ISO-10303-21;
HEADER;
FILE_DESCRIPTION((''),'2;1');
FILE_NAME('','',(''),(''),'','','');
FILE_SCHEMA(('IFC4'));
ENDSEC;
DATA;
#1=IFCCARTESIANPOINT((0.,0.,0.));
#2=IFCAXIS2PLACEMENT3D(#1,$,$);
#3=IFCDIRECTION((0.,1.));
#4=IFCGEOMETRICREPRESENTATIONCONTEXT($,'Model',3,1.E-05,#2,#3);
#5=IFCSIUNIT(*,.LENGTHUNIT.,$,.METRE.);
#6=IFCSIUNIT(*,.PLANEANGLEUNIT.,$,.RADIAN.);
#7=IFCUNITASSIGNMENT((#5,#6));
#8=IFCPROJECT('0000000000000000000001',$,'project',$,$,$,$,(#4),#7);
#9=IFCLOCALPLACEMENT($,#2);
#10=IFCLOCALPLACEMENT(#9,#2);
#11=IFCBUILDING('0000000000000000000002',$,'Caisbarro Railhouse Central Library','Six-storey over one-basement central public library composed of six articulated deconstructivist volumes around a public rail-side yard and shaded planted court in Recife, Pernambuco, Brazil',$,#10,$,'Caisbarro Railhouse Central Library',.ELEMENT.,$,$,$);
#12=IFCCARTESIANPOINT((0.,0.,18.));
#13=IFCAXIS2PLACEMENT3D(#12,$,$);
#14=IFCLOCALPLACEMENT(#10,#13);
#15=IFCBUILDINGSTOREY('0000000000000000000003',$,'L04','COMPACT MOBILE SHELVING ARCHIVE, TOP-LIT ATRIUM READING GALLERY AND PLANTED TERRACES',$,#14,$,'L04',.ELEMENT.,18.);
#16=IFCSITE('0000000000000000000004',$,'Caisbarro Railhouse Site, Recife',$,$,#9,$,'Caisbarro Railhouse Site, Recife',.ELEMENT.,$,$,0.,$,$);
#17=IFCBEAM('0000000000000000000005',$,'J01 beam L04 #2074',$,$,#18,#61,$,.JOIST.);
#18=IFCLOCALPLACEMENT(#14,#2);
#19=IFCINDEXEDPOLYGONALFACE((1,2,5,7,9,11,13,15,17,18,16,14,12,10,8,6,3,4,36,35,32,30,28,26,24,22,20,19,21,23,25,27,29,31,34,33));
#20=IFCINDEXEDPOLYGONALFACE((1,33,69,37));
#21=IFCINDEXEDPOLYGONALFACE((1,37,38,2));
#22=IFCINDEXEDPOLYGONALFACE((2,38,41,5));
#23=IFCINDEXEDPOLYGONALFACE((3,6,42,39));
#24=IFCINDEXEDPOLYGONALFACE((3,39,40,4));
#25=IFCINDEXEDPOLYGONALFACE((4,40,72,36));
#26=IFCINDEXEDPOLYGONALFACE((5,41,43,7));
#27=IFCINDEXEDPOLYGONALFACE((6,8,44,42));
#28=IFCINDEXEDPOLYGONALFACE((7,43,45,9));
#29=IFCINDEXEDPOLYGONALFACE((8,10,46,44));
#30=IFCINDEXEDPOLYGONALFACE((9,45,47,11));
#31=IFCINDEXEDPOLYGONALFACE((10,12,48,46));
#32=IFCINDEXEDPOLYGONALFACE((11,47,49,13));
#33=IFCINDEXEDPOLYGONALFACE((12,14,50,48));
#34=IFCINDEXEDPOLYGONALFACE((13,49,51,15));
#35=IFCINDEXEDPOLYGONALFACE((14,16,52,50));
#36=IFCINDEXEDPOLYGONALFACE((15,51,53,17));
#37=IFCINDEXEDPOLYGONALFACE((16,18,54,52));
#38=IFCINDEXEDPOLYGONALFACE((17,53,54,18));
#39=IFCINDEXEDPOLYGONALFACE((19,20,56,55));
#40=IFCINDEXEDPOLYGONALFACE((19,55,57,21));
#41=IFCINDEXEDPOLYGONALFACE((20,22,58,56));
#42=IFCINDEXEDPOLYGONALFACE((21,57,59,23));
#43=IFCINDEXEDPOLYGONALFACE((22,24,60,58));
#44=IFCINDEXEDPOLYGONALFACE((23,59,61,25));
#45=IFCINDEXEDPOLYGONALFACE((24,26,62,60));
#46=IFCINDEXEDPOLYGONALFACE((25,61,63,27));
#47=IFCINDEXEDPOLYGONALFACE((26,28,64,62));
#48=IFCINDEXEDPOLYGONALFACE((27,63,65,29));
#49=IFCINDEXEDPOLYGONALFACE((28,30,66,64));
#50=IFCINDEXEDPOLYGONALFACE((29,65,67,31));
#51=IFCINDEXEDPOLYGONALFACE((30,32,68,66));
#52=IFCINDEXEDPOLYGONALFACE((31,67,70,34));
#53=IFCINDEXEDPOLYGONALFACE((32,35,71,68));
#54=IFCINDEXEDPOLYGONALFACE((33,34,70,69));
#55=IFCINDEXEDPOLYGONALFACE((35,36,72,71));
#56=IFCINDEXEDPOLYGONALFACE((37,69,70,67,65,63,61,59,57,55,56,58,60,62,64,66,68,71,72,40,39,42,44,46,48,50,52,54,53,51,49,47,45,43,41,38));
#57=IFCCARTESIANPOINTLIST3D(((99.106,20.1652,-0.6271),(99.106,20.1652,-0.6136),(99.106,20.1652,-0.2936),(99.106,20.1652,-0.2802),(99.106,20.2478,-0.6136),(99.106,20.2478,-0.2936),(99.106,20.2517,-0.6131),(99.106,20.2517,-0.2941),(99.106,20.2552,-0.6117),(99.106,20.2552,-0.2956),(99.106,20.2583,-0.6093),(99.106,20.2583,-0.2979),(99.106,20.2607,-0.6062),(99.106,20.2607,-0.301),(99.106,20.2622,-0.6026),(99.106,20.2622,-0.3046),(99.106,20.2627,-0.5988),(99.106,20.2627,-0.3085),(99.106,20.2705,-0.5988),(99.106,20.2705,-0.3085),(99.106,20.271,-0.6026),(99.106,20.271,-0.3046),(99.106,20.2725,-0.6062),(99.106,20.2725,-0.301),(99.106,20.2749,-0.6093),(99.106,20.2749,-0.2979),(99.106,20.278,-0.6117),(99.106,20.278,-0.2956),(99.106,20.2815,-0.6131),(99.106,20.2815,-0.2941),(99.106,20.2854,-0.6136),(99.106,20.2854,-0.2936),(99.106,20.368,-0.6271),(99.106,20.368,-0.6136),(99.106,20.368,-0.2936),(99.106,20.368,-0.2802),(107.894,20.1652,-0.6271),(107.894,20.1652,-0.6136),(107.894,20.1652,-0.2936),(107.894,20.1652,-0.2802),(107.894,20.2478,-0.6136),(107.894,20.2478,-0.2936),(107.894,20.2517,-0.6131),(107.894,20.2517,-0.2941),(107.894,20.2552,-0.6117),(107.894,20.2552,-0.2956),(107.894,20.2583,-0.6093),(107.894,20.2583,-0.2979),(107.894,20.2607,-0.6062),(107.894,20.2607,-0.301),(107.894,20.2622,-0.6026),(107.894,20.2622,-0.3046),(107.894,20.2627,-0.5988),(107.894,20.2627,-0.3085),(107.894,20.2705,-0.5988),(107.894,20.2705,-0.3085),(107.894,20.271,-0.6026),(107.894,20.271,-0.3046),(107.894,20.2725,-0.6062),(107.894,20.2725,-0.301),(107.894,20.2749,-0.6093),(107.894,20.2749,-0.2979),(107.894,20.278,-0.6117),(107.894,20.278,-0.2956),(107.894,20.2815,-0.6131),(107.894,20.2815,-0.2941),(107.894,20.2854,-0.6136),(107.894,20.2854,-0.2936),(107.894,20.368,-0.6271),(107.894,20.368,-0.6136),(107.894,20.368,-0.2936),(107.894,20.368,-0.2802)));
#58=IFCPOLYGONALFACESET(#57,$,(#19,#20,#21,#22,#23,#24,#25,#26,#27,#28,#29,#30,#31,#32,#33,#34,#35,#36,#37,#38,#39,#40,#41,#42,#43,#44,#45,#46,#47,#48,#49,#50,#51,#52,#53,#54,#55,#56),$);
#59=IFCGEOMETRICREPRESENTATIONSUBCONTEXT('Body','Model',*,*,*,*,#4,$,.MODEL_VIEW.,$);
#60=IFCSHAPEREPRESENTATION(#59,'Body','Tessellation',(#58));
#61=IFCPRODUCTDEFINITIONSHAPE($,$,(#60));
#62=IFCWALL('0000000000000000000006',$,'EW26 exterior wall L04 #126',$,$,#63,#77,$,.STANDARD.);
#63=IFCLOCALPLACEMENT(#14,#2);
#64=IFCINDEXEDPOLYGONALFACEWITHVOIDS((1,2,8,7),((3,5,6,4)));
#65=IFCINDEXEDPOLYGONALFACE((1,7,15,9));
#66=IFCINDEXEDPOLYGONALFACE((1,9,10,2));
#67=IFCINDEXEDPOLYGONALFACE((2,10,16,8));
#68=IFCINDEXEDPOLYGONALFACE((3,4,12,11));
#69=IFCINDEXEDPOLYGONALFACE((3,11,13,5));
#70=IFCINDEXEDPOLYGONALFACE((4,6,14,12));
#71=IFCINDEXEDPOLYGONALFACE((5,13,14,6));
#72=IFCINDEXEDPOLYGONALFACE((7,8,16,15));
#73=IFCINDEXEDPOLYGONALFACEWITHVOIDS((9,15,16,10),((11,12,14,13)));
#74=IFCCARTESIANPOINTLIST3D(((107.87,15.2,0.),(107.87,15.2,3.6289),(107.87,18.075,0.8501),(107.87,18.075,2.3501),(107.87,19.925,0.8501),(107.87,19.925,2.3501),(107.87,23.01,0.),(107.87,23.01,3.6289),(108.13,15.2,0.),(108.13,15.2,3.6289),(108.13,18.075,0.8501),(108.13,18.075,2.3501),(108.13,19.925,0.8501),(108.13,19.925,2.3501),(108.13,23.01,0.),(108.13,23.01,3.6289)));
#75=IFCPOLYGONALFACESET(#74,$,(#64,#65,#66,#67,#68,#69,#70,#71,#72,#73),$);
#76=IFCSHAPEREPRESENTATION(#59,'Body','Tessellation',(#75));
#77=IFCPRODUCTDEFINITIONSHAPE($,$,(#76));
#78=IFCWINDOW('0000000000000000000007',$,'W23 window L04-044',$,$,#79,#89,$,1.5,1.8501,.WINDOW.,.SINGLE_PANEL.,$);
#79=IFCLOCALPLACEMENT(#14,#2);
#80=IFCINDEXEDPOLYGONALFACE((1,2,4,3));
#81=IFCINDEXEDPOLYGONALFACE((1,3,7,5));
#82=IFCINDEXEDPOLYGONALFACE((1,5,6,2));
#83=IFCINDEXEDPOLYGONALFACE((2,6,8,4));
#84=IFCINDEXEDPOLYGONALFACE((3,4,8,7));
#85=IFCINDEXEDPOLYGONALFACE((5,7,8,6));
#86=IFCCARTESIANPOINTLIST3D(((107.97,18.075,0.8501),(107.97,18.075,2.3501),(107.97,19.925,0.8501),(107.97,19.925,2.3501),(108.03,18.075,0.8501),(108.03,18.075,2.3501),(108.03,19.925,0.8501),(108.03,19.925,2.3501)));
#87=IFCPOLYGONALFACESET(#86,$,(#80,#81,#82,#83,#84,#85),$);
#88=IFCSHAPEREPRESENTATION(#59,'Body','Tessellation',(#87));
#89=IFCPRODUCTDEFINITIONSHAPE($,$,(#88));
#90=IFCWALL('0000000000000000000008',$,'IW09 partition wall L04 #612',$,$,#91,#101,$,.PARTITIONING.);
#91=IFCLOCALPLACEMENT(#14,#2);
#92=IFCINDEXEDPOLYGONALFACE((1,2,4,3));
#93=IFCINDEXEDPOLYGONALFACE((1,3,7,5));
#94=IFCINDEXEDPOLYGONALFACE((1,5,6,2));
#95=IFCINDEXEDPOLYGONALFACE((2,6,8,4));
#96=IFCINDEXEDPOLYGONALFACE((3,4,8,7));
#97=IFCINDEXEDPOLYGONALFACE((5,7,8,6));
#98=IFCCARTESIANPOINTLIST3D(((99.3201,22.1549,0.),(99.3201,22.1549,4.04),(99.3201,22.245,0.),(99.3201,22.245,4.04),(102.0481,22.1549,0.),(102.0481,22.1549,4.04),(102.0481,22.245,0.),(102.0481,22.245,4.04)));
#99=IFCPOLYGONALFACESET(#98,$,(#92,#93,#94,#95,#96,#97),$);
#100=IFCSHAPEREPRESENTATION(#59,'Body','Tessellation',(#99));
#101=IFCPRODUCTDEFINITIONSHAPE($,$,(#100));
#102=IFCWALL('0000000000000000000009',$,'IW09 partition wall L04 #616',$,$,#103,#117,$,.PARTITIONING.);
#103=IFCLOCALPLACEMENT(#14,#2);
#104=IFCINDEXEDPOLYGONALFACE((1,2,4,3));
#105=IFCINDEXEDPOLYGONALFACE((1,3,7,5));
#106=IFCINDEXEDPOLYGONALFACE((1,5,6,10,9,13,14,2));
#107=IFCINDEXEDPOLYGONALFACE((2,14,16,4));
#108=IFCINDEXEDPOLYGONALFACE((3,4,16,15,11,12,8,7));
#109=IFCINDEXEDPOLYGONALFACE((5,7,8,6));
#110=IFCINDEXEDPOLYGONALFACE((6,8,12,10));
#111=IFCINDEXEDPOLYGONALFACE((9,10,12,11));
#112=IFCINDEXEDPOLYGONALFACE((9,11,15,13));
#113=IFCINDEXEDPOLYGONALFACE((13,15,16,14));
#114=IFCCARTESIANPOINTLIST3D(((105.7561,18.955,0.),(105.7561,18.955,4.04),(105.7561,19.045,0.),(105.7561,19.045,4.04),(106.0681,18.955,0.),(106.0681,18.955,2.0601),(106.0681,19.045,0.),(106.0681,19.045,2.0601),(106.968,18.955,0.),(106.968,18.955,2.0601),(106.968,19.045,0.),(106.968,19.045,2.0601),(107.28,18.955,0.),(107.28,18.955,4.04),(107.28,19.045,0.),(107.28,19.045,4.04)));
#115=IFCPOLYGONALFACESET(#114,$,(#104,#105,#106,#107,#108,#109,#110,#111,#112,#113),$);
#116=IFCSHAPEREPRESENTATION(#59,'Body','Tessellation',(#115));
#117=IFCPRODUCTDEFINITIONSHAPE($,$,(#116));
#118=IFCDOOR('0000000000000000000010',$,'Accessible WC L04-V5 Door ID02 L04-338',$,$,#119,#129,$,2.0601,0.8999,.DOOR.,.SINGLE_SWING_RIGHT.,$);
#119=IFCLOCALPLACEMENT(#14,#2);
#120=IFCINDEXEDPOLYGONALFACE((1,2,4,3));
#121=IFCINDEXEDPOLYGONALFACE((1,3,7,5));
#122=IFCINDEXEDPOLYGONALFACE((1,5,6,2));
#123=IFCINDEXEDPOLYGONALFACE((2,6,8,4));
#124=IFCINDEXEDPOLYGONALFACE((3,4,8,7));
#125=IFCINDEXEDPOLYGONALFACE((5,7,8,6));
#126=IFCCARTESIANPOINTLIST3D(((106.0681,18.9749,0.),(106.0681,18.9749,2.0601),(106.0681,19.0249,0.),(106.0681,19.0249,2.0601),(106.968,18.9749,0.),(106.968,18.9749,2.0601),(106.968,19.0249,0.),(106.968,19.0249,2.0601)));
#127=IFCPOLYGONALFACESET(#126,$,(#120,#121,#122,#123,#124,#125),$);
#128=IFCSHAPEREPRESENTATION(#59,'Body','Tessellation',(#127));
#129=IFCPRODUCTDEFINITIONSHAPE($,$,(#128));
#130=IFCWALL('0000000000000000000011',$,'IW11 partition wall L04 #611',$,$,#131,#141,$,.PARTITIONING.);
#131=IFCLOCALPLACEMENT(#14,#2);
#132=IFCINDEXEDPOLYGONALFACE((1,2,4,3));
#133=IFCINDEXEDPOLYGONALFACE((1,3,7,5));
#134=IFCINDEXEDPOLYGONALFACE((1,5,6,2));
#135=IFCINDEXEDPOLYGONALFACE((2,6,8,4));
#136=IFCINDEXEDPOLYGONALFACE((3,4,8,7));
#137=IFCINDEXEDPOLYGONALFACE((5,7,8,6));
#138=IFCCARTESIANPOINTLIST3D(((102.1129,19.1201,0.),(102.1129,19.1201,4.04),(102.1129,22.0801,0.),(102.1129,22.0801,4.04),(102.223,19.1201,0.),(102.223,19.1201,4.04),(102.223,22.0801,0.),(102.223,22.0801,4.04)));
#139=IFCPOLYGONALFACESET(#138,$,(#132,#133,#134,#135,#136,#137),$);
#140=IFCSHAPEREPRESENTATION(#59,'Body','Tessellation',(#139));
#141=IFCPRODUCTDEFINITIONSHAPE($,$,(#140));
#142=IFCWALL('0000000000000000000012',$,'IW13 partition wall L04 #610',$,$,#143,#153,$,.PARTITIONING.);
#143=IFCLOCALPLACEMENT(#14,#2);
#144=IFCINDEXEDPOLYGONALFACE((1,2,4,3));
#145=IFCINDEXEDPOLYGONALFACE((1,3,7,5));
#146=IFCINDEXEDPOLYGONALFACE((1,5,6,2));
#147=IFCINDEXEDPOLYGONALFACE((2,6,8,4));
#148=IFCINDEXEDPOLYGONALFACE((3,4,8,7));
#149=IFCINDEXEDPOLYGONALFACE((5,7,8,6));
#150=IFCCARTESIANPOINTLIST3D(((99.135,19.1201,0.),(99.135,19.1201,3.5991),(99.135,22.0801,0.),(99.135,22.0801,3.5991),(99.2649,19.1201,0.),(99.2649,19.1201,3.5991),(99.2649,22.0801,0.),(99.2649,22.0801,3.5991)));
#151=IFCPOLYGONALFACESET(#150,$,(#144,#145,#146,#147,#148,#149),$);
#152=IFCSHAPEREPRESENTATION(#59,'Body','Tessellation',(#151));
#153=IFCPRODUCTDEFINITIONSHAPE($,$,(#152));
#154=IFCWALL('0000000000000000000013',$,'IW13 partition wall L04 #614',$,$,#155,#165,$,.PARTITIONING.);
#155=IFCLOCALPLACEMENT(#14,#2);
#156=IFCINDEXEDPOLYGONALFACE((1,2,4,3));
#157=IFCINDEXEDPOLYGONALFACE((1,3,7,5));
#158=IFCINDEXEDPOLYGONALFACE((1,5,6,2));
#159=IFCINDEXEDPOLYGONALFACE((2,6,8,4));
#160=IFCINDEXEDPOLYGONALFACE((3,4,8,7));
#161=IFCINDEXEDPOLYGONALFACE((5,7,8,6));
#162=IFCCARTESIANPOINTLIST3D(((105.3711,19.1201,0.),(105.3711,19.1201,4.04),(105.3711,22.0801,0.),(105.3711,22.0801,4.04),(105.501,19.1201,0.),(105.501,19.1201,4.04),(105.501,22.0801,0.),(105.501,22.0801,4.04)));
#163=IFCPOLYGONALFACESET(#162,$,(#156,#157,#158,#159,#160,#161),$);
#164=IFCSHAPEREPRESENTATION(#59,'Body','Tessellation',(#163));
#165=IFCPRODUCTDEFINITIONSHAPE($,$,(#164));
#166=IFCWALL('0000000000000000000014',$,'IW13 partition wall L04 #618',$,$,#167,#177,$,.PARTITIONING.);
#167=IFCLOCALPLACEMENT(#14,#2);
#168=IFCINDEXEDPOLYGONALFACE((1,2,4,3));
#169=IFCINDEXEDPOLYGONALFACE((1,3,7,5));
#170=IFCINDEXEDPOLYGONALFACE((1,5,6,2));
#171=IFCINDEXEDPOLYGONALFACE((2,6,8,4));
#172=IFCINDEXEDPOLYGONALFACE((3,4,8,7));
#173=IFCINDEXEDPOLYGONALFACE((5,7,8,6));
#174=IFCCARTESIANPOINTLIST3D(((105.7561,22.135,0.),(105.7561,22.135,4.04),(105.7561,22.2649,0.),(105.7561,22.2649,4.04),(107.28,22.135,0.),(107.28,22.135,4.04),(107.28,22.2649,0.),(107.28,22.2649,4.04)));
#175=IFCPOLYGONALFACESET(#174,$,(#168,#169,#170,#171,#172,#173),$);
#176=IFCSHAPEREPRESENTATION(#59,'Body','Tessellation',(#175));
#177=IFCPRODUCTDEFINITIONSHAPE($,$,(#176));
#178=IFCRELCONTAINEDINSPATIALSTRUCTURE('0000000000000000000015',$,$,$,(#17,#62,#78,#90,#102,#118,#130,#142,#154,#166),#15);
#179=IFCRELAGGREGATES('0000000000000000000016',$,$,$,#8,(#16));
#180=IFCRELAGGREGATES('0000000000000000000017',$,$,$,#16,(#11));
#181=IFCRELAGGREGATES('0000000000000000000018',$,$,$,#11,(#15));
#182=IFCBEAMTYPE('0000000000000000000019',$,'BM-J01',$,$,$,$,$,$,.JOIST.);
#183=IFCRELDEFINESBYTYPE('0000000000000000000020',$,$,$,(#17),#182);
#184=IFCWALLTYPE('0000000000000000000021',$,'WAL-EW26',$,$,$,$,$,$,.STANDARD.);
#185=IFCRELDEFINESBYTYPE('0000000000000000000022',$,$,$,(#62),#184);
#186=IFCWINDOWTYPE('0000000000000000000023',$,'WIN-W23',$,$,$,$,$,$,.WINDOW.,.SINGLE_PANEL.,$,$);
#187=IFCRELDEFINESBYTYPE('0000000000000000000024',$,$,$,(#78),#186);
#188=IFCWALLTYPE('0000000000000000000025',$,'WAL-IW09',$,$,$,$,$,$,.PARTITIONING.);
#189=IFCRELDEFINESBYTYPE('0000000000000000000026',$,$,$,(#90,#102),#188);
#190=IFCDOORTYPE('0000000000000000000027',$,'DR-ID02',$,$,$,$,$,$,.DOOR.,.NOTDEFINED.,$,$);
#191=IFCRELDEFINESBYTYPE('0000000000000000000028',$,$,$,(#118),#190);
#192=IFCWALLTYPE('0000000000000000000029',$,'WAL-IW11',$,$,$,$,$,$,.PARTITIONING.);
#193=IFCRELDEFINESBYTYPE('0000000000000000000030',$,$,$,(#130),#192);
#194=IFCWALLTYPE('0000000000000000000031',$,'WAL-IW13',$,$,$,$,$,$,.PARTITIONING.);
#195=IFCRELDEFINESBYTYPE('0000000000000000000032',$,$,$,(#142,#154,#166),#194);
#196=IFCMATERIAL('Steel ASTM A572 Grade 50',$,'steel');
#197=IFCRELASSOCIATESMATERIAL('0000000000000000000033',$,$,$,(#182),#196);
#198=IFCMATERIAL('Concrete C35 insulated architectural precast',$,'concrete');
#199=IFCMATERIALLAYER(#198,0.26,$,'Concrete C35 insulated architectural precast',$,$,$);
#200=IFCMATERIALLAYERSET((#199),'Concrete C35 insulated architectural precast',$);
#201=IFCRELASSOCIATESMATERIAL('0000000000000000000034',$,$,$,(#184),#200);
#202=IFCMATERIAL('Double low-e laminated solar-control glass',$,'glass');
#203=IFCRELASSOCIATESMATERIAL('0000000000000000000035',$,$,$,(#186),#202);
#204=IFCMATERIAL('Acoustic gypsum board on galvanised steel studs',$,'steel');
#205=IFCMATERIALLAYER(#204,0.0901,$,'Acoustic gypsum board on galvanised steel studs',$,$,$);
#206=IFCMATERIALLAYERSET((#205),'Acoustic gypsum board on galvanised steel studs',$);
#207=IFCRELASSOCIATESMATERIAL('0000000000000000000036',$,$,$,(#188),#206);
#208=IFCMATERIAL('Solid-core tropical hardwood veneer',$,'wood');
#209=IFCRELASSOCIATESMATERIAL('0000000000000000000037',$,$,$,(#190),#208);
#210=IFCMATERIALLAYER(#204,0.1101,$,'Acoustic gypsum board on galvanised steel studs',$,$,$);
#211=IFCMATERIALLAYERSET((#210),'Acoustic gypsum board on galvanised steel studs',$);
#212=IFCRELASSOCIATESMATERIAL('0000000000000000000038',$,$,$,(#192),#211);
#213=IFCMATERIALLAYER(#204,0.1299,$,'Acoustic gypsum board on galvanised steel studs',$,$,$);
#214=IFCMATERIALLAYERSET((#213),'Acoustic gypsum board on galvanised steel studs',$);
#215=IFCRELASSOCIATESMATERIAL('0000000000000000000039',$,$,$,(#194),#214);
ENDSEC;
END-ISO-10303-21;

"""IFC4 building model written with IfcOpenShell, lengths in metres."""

from ifc_helpers import new_model, si_unit, direction, frame, frame_2d, origin, origin_2d, place, context, subcontext, project, spatial, rectangle, i_section, extrude, material, layer, layer_set, material_profile, profile_set, type_object, element, fill, save


model = new_model("IFC4")

# Units and contexts
model_context = context("Model", 3, precision=1e-05, world=origin(), true_north=direction((0.0, 1.0)))
body_context = subcontext(model_context, "Body", "Model", "MODEL_VIEW")
ifc_project = project(units=[si_unit("LENGTHUNIT", "METRE"), si_unit("PLANEANGLEUNIT", "RADIAN")], contexts=[model_context])

# Site, building, storey
site_placement = place(None, origin())
site = spatial("IfcSite", under=ifc_project, at=site_placement, Name="Caisbarro Railhouse Site, Recife", LongName="Caisbarro Railhouse Site, Recife", CompositionType="ELEMENT", RefElevation=0.0)
building_placement = place(site_placement, origin())
building = spatial("IfcBuilding", under=site, at=building_placement, Name="Caisbarro Railhouse Central Library", Description="Six-storey over one-basement central public library composed of six articulated deconstructivist volumes around a public rail-side yard and shaded planted court in Recife, Pernambuco, Brazil", LongName="Caisbarro Railhouse Central Library", CompositionType="ELEMENT")
storey_placement = place(building_placement, frame((0.0, 0.0, 18.0)))
storey = spatial("IfcBuildingStorey", under=building, at=storey_placement, Name="L04", Description="COMPACT MOBILE SHELVING ARCHIVE, TOP-LIT ATRIUM READING GALLERY AND PLANTED TERRACES", LongName="L04", CompositionType="ELEMENT", Elevation=18.0)

# Shared definitions
ifc_material_1 = material(Name="Steel ASTM A572 Grade 50", Category="steel")

# Beam
ifc_material_profile_1 = material_profile(ifc_material_1, i_section(OverallWidth=0.2029, OverallDepth=0.3469, WebThickness=0.0078, FlangeThickness=0.0134, FilletRadius=0.0149, at=origin_2d()), Name="W360X64.0")
ifc_profile_set_1 = profile_set([ifc_material_profile_1], Name="Steel ASTM A572 Grade 50")
beam_type_1 = type_object("IfcBeamType", Name="BM-J01", PredefinedType="JOIST", material=ifc_profile_set_1)
for number, where, z_axis, x_axis, name in (
    (1, (99.106, 20.2666, -0.4536), (1.0, 0.0, 0.0), (0.0, 1.0, 0.0), "J01 beam L04 #2074"),
):
    element("IfcBeam", number, at=place(storey_placement, frame(where, z_axis=z_axis, x_axis=x_axis)), inside=storey, type_object=beam_type_1, Name=name, PredefinedType="JOIST", context=body_context, shape_type="SweptSolid", body=[
        extrude(i_section(OverallWidth=0.2029, OverallDepth=0.3469, WebThickness=0.0078, FlangeThickness=0.0134, FilletRadius=0.0149, at=origin_2d()), origin(), (0.0, 0.0, 1.0), 8.7881),
    ])

# Wall, opening, window
ifc_material_2 = material(Name="Concrete C35 insulated architectural precast", Category="concrete")
ifc_layer_1 = layer(ifc_material_2, 0.26, Name="Concrete C35 insulated architectural precast")
ifc_layer_set_1 = layer_set([ifc_layer_1], Name="Concrete C35 insulated architectural precast")
wall_type_1 = type_object("IfcWallType", Name="WAL-EW26", PredefinedType="STANDARD", material=ifc_layer_set_1)
wall_1_placement = place(storey_placement, frame((108.0, 15.2, 0.0), z_axis=(0.0, 0.0, 1.0), x_axis=(0.0, 1.0, 0.0)))
wall_1 = element("IfcWall", 2, at=wall_1_placement, inside=storey, type_object=wall_type_1, Name="EW26 exterior wall L04 #126", PredefinedType="STANDARD", context=body_context, shape_type="SweptSolid", body=[
    extrude(rectangle(XDim=7.8101, YDim=0.26, at=frame_2d((3.905, 0.0))), origin(), (0.0, 0.0, 1.0), 3.6289),
])
opening_1_placement = place(wall_1_placement, frame((2.875, 0.0, 0.8501)))
opening_1 = element("IfcOpeningElement", 3, at=opening_1_placement, cuts=wall_1, PredefinedType="OPENING", context=body_context, shape_type="SweptSolid", body=[
    extrude(rectangle(XDim=1.8501, YDim=1.5, at=frame_2d((0.925, 0.75))), frame((0.0, 0.1401, 0.0), z_axis=(0.0, -1.0, 0.0), x_axis=(1.0, 0.0, 0.0)), (0.0, 0.0, 1.0), 0.28),
])
ifc_material_3 = material(Name="Double low-e laminated solar-control glass", Category="glass")
window_type = type_object("IfcWindowType", Name="WIN-W23", PartitioningType="SINGLE_PANEL", PredefinedType="WINDOW", material=ifc_material_3)
window_placement = place(opening_1_placement, origin())
window = element("IfcWindow", 4, at=window_placement, inside=storey, type_object=window_type, Name="W23 window L04-044", OverallHeight=1.5, OverallWidth=1.8501, PartitioningType="SINGLE_PANEL", PredefinedType="WINDOW", context=body_context, shape_type="SweptSolid", body=[
    extrude(rectangle(XDim=1.8501, YDim=1.5, at=frame_2d((0.925, 0.75))), frame((0.0, 0.03, 0.0), z_axis=(0.0, -1.0, 0.0), x_axis=(1.0, 0.0, 0.0)), (0.0, 0.0, 1.0), 0.0601),
])
fill(opening_1, window)

# Wall
ifc_material_4 = material(Name="Acoustic gypsum board on galvanised steel studs", Category="steel")
ifc_layer_2 = layer(ifc_material_4, 0.0901, Name="Acoustic gypsum board on galvanised steel studs")
ifc_layer_set_2 = layer_set([ifc_layer_2], Name="Acoustic gypsum board on galvanised steel studs")
wall_type_2 = type_object("IfcWallType", Name="WAL-IW09", PredefinedType="PARTITIONING", material=ifc_layer_set_2)
wall_2_placement = place(storey_placement, frame((99.3201, 22.2, 0.0), z_axis=(0.0, 0.0, 1.0), x_axis=(1.0, 0.0, 0.0)))
element("IfcWall", 5, at=wall_2_placement, inside=storey, type_object=wall_type_2, Name="IW09 partition wall L04 #612", PredefinedType="PARTITIONING", context=body_context, shape_type="SweptSolid", body=[
    extrude(rectangle(XDim=2.728, YDim=0.0901, at=frame_2d((1.364, 0.0))), origin(), (0.0, 0.0, 1.0), 4.04),
])

# Wall, opening, door
wall_3_placement = place(storey_placement, frame((105.7561, 19.0, 0.0), z_axis=(0.0, 0.0, 1.0), x_axis=(1.0, 0.0, 0.0)))
wall_3 = element("IfcWall", 6, at=wall_3_placement, inside=storey, type_object=wall_type_2, Name="IW09 partition wall L04 #616", PredefinedType="PARTITIONING", context=body_context, shape_type="SweptSolid", body=[
    extrude(rectangle(XDim=1.5239, YDim=0.0901, at=frame_2d((0.762, 0.0))), origin(), (0.0, 0.0, 1.0), 4.04),
])
opening_2_placement = place(wall_3_placement, frame((0.312, 0.0, 0.0)))
opening_2 = element("IfcOpeningElement", 7, at=opening_2_placement, cuts=wall_3, PredefinedType="OPENING", context=body_context, shape_type="SweptSolid", body=[
    extrude(rectangle(XDim=0.8999, YDim=2.0601, at=frame_2d((0.45, 1.03))), frame((0.0, 0.0552, 0.0), z_axis=(0.0, -1.0, 0.0), x_axis=(1.0, 0.0, 0.0)), (0.0, 0.0, 1.0), 0.1101),
])
ifc_material_5 = material(Name="Solid-core tropical hardwood veneer", Category="wood")
door_type_1 = type_object("IfcDoorType", Name="DR-ID02", OperationType="NOTDEFINED", PredefinedType="DOOR", material=ifc_material_5)
door_1_placement = place(opening_2_placement, origin())
door_1 = element("IfcDoor", 8, at=door_1_placement, inside=storey, type_object=door_type_1, Name="Accessible WC L04-V5 Door ID02 L04-338", OperationType="SINGLE_SWING_RIGHT", OverallHeight=2.0601, OverallWidth=0.8999, PredefinedType="DOOR", context=body_context, shape_type="SweptSolid", body=[
    extrude(rectangle(XDim=0.8999, YDim=2.0601, at=frame_2d((0.45, 1.03))), frame((0.0, 0.0249, 0.0), z_axis=(0.0, -1.0, 0.0), x_axis=(1.0, 0.0, 0.0)), (0.0, 0.0, 1.0), 0.05),
])
fill(opening_2, door_1)

# Walls
ifc_layer_3 = layer(ifc_material_4, 0.1101, Name="Acoustic gypsum board on galvanised steel studs")
ifc_layer_set_3 = layer_set([ifc_layer_3], Name="Acoustic gypsum board on galvanised steel studs")
wall_type_3 = type_object("IfcWallType", Name="WAL-IW11", PredefinedType="PARTITIONING", material=ifc_layer_set_3)
wall_4_placement = place(storey_placement, frame((102.168, 19.1201, 0.0), z_axis=(0.0, 0.0, 1.0), x_axis=(0.0, 1.0, 0.0)))
element("IfcWall", 9, at=wall_4_placement, inside=storey, type_object=wall_type_3, Name="IW11 partition wall L04 #611", PredefinedType="PARTITIONING", context=body_context, shape_type="SweptSolid", body=[
    extrude(rectangle(XDim=2.96, YDim=0.1101, at=frame_2d((1.48, 0.0))), origin(), (0.0, 0.0, 1.0), 4.04),
])
ifc_layer_4 = layer(ifc_material_4, 0.1299, Name="Acoustic gypsum board on galvanised steel studs")
ifc_layer_set_4 = layer_set([ifc_layer_4], Name="Acoustic gypsum board on galvanised steel studs")
wall_type_4 = type_object("IfcWallType", Name="WAL-IW13", PredefinedType="PARTITIONING", material=ifc_layer_set_4)
wall_5_placement = place(storey_placement, frame((99.2, 19.1201, 0.0), z_axis=(0.0, 0.0, 1.0), x_axis=(0.0, 1.0, 0.0)))
element("IfcWall", 10, at=wall_5_placement, inside=storey, type_object=wall_type_4, Name="IW13 partition wall L04 #610", PredefinedType="PARTITIONING", context=body_context, shape_type="SweptSolid", body=[
    extrude(rectangle(XDim=2.96, YDim=0.1299, at=frame_2d((1.48, 0.0))), origin(), (0.0, 0.0, 1.0), 3.5991),
])
wall_6_placement = place(storey_placement, frame((105.436, 19.1201, 0.0), z_axis=(0.0, 0.0, 1.0), x_axis=(0.0, 1.0, 0.0)))
element("IfcWall", 11, at=wall_6_placement, inside=storey, type_object=wall_type_4, Name="IW13 partition wall L04 #614", PredefinedType="PARTITIONING", context=body_context, shape_type="SweptSolid", body=[
    extrude(rectangle(XDim=2.96, YDim=0.1299, at=frame_2d((1.48, 0.0))), origin(), (0.0, 0.0, 1.0), 4.04),
])
wall_7_placement = place(storey_placement, frame((105.7561, 22.2, 0.0), z_axis=(0.0, 0.0, 1.0), x_axis=(1.0, 0.0, 0.0)))
element("IfcWall", 12, at=wall_7_placement, inside=storey, type_object=wall_type_4, Name="IW13 partition wall L04 #618", PredefinedType="PARTITIONING", context=body_context, shape_type="SweptSolid", body=[
    extrude(rectangle(XDim=1.5239, YDim=0.1299, at=frame_2d((0.762, 0.0))), origin(), (0.0, 0.0, 1.0), 4.04),
])

save(model, "model.ifc")
